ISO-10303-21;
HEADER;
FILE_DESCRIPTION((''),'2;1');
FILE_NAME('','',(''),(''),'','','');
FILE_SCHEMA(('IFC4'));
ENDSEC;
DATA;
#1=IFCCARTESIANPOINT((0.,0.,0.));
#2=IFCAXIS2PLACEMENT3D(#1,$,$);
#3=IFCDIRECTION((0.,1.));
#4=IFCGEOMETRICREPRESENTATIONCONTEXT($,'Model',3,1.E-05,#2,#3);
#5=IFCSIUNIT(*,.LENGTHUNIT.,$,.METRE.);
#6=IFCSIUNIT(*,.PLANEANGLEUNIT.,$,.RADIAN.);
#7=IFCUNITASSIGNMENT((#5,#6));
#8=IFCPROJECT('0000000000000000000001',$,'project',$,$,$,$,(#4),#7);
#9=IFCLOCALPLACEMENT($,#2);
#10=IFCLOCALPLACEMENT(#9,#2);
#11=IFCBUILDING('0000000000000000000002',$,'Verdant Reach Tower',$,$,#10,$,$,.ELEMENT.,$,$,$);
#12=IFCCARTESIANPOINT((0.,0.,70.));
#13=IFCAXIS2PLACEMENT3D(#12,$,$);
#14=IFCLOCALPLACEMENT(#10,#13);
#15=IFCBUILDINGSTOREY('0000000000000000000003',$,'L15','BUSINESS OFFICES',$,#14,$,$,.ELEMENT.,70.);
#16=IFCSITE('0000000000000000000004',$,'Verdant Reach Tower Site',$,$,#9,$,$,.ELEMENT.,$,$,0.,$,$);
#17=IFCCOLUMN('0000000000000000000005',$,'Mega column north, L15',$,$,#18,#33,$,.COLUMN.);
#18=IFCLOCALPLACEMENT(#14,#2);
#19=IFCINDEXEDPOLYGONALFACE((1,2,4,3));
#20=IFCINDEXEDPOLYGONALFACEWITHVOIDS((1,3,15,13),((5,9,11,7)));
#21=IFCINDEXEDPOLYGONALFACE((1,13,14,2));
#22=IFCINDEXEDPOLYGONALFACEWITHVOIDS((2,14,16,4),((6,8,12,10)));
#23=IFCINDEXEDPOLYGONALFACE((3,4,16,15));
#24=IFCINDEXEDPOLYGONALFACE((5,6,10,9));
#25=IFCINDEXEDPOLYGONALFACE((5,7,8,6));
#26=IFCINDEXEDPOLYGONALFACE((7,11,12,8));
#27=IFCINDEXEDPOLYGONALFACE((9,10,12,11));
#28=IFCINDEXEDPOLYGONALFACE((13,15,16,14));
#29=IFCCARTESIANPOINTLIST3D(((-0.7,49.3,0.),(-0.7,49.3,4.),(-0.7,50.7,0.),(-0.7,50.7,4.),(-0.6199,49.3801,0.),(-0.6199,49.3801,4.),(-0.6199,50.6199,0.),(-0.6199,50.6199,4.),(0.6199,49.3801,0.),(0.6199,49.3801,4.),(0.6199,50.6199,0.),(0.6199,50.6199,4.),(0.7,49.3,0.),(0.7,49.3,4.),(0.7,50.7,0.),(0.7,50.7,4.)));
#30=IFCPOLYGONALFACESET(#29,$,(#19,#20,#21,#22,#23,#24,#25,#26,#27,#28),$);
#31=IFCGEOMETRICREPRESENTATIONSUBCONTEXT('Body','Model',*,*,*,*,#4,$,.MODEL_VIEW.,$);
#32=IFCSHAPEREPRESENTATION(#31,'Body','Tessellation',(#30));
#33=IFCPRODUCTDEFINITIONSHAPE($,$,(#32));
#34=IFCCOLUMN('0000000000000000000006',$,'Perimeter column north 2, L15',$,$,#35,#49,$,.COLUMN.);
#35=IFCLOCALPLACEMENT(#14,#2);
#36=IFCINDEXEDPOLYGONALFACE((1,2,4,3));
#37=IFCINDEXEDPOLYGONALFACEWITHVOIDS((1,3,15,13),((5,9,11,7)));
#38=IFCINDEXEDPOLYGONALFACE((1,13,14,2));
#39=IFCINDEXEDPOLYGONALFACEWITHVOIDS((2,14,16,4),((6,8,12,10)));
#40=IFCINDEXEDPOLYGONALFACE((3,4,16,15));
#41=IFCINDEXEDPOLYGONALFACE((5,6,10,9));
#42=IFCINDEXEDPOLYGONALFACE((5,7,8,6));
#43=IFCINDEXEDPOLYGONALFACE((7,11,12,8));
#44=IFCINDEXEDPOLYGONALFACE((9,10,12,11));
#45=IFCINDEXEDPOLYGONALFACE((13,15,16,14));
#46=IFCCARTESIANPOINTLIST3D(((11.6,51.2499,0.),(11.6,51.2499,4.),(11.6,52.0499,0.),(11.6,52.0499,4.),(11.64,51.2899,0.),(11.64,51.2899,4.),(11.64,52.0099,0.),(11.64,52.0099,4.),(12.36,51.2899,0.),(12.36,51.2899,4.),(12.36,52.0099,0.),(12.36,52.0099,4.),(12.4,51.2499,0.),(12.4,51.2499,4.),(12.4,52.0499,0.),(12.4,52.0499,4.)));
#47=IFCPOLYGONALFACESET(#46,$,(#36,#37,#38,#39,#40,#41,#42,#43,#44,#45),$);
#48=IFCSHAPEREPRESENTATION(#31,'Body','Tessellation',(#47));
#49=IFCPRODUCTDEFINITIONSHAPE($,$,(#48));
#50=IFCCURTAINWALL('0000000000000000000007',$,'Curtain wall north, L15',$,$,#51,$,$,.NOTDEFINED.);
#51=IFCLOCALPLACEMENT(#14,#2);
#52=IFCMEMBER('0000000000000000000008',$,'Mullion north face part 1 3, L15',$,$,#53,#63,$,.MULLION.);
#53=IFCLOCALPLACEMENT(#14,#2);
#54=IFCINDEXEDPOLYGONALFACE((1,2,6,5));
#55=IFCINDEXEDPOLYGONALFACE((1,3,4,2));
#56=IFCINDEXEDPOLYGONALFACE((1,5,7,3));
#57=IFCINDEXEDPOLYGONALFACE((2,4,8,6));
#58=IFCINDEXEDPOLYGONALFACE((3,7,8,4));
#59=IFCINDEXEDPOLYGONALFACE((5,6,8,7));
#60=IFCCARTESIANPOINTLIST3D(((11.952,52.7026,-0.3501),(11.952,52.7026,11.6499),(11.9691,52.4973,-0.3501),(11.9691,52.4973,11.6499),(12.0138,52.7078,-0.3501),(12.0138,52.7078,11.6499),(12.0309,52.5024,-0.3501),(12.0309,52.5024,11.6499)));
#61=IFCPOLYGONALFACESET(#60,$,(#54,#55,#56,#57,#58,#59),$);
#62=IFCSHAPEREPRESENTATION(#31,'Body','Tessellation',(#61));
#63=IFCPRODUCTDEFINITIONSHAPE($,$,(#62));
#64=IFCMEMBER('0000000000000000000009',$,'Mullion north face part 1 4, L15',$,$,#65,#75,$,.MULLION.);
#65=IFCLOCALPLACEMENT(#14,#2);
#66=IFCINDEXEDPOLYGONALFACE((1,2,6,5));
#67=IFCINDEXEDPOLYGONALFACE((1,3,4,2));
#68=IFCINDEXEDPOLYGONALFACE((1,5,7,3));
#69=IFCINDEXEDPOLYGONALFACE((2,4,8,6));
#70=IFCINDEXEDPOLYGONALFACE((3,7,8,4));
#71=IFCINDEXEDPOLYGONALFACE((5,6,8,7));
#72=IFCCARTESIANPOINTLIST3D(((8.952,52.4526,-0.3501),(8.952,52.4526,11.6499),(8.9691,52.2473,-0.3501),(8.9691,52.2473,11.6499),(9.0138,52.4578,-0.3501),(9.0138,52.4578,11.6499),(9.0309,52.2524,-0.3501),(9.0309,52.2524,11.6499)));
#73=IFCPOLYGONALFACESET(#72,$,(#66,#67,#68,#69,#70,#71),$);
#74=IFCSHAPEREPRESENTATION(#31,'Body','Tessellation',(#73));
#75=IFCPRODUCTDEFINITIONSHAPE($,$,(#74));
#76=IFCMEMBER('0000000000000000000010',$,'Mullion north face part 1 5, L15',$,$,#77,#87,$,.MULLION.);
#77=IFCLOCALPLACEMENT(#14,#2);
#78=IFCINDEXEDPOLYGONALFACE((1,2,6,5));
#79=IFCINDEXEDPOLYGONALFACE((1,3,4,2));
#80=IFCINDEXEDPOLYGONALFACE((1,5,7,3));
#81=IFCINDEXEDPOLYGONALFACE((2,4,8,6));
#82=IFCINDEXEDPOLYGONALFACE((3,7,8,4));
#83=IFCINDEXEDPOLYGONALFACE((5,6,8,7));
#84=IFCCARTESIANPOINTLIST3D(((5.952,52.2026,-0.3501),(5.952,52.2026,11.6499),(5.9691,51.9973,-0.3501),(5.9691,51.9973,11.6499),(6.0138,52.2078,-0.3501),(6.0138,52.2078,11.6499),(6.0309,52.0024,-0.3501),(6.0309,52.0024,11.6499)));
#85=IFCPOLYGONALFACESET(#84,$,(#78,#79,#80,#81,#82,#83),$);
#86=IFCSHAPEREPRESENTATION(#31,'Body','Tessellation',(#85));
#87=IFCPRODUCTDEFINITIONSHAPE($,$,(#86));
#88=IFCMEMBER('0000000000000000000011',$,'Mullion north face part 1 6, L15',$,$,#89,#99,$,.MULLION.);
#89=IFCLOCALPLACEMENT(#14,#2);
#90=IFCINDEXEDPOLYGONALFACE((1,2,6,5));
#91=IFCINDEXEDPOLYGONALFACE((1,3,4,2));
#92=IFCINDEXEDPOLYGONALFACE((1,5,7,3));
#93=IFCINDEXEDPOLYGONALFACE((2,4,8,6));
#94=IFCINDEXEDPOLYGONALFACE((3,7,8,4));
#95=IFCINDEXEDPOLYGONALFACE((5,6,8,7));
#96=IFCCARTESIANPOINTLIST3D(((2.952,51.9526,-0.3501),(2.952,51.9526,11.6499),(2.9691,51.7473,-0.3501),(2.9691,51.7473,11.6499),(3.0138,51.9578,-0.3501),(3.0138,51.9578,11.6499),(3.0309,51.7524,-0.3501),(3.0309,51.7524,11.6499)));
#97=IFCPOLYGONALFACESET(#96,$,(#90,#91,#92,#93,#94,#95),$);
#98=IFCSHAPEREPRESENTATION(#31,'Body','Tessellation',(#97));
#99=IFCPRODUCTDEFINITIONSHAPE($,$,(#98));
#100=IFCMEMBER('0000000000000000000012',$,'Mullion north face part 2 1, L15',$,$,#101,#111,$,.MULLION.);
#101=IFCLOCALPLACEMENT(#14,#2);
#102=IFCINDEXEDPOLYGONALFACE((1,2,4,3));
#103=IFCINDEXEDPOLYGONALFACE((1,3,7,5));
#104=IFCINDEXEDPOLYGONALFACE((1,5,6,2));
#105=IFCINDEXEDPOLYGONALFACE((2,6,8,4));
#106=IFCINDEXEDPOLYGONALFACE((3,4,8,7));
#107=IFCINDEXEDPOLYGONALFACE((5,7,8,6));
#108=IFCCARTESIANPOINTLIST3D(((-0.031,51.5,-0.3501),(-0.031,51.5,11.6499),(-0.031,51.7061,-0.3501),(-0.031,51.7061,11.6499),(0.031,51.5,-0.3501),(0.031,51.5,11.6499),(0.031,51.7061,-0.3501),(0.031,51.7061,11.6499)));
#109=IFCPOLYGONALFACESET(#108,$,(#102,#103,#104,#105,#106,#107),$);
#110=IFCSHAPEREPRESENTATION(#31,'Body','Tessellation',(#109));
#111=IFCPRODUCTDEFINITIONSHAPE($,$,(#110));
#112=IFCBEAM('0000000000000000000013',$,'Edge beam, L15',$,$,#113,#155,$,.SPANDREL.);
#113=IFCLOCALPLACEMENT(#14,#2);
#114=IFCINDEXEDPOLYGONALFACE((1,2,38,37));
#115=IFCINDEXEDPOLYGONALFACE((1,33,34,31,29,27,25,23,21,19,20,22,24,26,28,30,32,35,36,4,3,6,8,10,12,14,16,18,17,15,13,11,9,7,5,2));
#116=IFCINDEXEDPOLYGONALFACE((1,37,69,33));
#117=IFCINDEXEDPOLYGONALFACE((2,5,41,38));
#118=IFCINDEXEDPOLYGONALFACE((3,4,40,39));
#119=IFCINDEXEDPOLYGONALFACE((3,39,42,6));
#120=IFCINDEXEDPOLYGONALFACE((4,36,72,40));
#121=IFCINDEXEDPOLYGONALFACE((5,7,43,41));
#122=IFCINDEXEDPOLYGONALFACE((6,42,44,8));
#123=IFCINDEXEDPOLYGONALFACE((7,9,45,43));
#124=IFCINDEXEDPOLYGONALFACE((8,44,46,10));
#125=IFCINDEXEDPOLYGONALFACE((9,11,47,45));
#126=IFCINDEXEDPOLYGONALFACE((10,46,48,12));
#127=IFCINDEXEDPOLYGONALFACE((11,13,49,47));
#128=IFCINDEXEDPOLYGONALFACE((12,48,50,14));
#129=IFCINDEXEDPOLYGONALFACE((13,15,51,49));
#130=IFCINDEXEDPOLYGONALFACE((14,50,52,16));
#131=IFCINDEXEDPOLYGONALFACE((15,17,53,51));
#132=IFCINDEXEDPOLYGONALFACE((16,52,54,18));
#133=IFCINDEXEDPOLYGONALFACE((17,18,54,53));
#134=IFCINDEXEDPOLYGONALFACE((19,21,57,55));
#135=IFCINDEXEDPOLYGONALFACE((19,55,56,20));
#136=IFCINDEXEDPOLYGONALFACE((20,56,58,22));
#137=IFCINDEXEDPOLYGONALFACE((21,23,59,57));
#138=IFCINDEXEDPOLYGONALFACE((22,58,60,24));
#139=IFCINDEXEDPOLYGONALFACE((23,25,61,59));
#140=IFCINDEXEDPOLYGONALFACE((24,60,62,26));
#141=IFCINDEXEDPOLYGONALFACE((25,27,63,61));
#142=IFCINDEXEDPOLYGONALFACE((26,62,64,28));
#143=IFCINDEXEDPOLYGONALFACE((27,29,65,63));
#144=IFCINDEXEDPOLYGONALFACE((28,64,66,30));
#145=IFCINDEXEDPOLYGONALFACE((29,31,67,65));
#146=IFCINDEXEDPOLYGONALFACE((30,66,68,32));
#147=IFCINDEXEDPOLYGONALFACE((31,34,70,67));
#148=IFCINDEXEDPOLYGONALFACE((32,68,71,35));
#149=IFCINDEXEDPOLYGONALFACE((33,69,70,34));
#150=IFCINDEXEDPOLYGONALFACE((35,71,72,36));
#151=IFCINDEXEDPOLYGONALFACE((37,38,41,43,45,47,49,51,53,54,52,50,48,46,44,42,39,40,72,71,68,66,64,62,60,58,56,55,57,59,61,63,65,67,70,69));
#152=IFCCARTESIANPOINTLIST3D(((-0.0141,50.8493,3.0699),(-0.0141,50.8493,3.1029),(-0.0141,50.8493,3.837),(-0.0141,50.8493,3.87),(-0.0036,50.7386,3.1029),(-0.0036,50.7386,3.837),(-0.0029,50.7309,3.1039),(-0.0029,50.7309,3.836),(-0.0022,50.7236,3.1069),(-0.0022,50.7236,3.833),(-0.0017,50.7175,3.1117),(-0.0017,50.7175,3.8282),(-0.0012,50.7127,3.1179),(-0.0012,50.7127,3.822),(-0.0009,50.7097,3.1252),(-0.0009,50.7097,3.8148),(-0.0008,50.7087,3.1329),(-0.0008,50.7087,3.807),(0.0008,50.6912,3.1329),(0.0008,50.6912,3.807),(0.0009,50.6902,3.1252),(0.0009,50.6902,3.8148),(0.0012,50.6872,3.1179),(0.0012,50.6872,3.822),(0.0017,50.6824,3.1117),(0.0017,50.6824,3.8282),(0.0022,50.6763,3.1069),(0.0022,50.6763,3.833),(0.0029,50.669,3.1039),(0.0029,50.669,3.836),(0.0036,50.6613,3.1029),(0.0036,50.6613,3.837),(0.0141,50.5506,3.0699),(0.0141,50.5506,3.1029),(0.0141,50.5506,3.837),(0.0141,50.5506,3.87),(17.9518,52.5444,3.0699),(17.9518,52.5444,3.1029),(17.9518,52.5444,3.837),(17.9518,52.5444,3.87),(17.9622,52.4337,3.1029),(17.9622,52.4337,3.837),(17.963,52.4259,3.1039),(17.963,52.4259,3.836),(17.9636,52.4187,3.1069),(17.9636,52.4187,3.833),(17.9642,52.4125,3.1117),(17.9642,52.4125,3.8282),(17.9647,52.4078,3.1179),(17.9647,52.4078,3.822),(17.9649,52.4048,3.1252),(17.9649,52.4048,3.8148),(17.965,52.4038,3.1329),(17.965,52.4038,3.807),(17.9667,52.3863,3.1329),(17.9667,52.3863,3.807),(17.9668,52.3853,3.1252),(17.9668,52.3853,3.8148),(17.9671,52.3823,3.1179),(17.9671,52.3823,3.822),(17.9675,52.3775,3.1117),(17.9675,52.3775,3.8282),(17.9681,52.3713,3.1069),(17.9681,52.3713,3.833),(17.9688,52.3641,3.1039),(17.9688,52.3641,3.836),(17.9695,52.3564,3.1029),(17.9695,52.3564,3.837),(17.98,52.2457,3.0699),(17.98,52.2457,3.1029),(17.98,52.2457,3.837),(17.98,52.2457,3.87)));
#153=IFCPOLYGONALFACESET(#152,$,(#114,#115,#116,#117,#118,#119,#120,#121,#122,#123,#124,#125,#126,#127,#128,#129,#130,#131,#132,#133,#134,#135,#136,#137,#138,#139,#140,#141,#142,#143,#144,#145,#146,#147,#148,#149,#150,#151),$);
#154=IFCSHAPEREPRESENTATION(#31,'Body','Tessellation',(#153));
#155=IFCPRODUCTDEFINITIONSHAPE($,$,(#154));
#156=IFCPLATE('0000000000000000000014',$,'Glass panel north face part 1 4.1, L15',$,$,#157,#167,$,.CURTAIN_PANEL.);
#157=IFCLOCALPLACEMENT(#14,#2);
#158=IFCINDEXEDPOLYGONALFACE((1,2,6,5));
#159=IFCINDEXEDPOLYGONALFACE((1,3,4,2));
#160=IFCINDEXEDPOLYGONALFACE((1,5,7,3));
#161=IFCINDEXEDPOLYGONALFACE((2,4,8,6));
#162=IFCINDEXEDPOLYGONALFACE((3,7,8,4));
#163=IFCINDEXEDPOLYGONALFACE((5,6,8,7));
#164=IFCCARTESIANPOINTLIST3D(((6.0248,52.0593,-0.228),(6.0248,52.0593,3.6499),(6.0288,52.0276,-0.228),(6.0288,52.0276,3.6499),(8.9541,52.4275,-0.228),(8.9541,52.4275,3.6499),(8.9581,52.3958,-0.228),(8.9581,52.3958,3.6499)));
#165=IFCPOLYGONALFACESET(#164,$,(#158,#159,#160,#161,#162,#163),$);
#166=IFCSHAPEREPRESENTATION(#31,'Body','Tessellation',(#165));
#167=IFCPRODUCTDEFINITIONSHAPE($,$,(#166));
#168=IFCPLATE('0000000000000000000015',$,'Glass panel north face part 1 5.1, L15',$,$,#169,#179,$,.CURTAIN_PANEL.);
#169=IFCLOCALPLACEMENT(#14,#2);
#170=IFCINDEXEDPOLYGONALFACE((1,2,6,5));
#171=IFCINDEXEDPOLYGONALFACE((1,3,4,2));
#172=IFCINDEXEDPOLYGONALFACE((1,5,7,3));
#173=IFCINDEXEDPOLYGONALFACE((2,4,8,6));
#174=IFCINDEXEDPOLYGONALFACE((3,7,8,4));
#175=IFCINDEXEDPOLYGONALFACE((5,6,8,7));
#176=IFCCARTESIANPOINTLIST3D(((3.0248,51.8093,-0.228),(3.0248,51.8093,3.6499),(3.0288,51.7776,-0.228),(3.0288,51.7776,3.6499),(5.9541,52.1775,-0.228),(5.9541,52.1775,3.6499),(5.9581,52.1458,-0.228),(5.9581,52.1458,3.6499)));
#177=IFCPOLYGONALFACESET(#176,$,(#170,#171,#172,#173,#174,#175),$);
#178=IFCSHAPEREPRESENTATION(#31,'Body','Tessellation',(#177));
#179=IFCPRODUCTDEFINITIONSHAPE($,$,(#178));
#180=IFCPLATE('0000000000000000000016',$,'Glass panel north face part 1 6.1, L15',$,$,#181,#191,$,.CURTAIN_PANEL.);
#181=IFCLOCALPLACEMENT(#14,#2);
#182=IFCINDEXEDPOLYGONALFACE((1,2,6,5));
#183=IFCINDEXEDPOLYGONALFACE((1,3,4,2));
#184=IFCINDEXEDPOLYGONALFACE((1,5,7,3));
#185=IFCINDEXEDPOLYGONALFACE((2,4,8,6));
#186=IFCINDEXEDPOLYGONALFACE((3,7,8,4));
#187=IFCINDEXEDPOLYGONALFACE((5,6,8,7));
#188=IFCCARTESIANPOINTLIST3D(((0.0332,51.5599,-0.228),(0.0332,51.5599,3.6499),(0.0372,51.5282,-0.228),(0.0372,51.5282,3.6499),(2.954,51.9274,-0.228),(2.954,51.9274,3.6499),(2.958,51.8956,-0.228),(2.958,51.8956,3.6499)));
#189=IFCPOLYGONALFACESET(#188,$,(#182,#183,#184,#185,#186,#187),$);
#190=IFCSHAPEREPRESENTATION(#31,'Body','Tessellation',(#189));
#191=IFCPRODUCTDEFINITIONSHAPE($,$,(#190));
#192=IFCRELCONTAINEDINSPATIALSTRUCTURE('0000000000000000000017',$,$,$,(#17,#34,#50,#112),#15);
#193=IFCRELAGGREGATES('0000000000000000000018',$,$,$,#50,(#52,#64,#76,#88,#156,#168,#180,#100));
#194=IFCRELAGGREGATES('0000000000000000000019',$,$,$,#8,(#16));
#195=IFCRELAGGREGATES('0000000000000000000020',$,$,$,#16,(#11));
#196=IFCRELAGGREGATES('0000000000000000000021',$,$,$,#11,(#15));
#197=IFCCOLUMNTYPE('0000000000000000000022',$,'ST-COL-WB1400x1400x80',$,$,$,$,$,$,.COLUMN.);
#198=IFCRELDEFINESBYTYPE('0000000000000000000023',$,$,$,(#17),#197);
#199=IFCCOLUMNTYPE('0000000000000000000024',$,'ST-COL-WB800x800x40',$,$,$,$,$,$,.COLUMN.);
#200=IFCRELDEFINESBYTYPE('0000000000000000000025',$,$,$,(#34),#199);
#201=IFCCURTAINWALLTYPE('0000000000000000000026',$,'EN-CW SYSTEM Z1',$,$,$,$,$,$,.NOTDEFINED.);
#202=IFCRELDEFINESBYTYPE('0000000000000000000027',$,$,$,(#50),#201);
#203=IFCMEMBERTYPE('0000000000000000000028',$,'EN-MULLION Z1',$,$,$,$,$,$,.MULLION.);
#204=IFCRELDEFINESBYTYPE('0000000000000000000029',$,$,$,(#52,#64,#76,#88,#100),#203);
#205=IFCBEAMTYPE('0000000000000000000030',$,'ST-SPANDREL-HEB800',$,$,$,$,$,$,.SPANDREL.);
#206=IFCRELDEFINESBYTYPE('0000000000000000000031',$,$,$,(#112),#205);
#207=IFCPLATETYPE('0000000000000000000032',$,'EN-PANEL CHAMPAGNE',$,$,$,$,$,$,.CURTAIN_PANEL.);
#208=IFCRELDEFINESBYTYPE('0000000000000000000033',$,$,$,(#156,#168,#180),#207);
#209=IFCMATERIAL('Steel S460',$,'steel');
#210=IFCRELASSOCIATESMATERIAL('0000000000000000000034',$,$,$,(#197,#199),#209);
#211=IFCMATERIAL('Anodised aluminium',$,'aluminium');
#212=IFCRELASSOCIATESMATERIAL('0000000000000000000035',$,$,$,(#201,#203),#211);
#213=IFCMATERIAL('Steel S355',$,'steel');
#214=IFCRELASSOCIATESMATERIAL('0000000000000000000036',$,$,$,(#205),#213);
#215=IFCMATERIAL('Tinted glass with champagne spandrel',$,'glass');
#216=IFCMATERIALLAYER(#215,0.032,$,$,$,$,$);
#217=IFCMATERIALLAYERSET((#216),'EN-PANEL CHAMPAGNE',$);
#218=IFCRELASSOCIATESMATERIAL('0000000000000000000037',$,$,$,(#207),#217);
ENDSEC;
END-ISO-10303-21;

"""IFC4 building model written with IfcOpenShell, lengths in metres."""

from ifc_helpers import new_model, si_unit, direction, frame, origin, origin_2d, place, context, subcontext, project, spatial, rectangle, hollow_rectangle, i_section, extrude, material, layer, layer_set, material_profile, profile_set, type_object, element, aggregate, save


model = new_model("IFC4")

# Units and contexts
model_context = context("Model", 3, precision=1e-05, world=origin(), true_north=direction((0.0, 1.0)))
body_context = subcontext(model_context, "Body", "Model", "MODEL_VIEW")
ifc_project = project(units=[si_unit("LENGTHUNIT", "METRE"), si_unit("PLANEANGLEUNIT", "RADIAN")], contexts=[model_context])

# Site, building, storey
site_placement = place(None, origin())
site = spatial("IfcSite", under=ifc_project, at=site_placement, Name="Verdant Reach Tower Site", CompositionType="ELEMENT", RefElevation=0.0)
building_placement = place(site_placement, origin())
building = spatial("IfcBuilding", under=site, at=building_placement, Name="Verdant Reach Tower", CompositionType="ELEMENT")
storey_placement = place(building_placement, frame((0.0, 0.0, 70.0)))
storey = spatial("IfcBuildingStorey", under=building, at=storey_placement, Name="L15", Description="BUSINESS OFFICES", CompositionType="ELEMENT", Elevation=70.0)

# Columns
ifc_material_1 = material(Name="Steel S460", Category="steel")
ifc_material_profile_1 = material_profile(ifc_material_1, hollow_rectangle(XDim=1.3999, YDim=1.3999, WallThickness=0.0801, at=origin_2d()), Name="WB 1400x1400x80")
ifc_profile_set_1 = profile_set([ifc_material_profile_1], Name="Steel S460")
column_type_1 = type_object("IfcColumnType", Name="ST-COL-WB1400x1400x80", PredefinedType="COLUMN", material=ifc_profile_set_1)
column_1_placement = place(storey_placement, frame((0.0, 50.0, 0.0), z_axis=(0.0, 0.0, 1.0), x_axis=(1.0, 0.0, 0.0)))
element("IfcColumn", 1, at=column_1_placement, inside=storey, type_object=column_type_1, Name="Mega column north, L15", PredefinedType="COLUMN", context=body_context, shape_type="SweptSolid", body=[
    extrude(hollow_rectangle(XDim=1.3999, YDim=1.3999, WallThickness=0.0801, at=origin_2d()), origin(), (0.0, 0.0, 1.0), 4.0),
])
ifc_material_profile_2 = material_profile(ifc_material_1, hollow_rectangle(XDim=0.8, YDim=0.8, WallThickness=0.04, at=origin_2d()), Name="WB 800x800x40")
ifc_profile_set_2 = profile_set([ifc_material_profile_2], Name="Steel S460")
column_type_2 = type_object("IfcColumnType", Name="ST-COL-WB800x800x40", PredefinedType="COLUMN", material=ifc_profile_set_2)
column_2_placement = place(storey_placement, frame((12.0, 51.6499, 0.0), z_axis=(0.0, 0.0, 1.0), x_axis=(1.0, 0.0, 0.0)))
element("IfcColumn", 2, at=column_2_placement, inside=storey, type_object=column_type_2, Name="Perimeter column north 2, L15", PredefinedType="COLUMN", context=body_context, shape_type="SweptSolid", body=[
    extrude(hollow_rectangle(XDim=0.8, YDim=0.8, WallThickness=0.04, at=origin_2d()), origin(), (0.0, 0.0, 1.0), 4.0),
])

# Curtain wall, members
ifc_material_2 = material(Name="Anodised aluminium", Category="aluminium")
curtain_wall_type = type_object("IfcCurtainWallType", Name="EN-CW SYSTEM Z1", PredefinedType="NOTDEFINED", material=ifc_material_2)
curtain_wall_placement = place(storey_placement, origin())
curtain_wall = element("IfcCurtainWall", 3, at=curtain_wall_placement, inside=storey, type_object=curtain_wall_type, Name="Curtain wall north, L15", PredefinedType="NOTDEFINED")
ifc_material_profile_3 = material_profile(ifc_material_2, rectangle(XDim=0.2061, YDim=0.062, at=origin_2d()), Name="Mullion 62x206")
ifc_profile_set_3 = profile_set([ifc_material_profile_3], Name="Anodised aluminium")
member_type = type_object("IfcMemberType", Name="EN-MULLION Z1", PredefinedType="MULLION", material=ifc_profile_set_3)
member_1_placement = place(storey_placement, frame((11.9915, 52.6025, -0.3501), z_axis=(0.0, 0.0, 1.0), x_axis=(-0.083045, 0.996546, 0.0)))
member_1 = element("IfcMember", 4, at=member_1_placement, type_object=member_type, Name="Mullion north face part 1 3, L15", PredefinedType="MULLION", context=body_context, shape_type="SweptSolid", body=[
    extrude(rectangle(XDim=0.2061, YDim=0.062, at=origin_2d()), origin(), (0.0, 0.0, 1.0), 12.0),
])
member_2_placement = place(storey_placement, frame((8.9915, 52.3525, -0.3501), z_axis=(0.0, 0.0, 1.0), x_axis=(-0.083045, 0.996546, 0.0)))
member_2 = element("IfcMember", 5, at=member_2_placement, type_object=member_type, Name="Mullion north face part 1 4, L15", PredefinedType="MULLION", context=body_context, shape_type="SweptSolid", body=[
    extrude(rectangle(XDim=0.2061, YDim=0.062, at=origin_2d()), origin(), (0.0, 0.0, 1.0), 12.0),
])
member_3_placement = place(storey_placement, frame((5.9915, 52.1025, -0.3501), z_axis=(0.0, 0.0, 1.0), x_axis=(-0.083045, 0.996546, 0.0)))
member_3 = element("IfcMember", 6, at=member_3_placement, type_object=member_type, Name="Mullion north face part 1 5, L15", PredefinedType="MULLION", context=body_context, shape_type="SweptSolid", body=[
    extrude(rectangle(XDim=0.2061, YDim=0.062, at=origin_2d()), origin(), (0.0, 0.0, 1.0), 12.0),
])
member_4_placement = place(storey_placement, frame((2.9915, 51.8525, -0.3501), z_axis=(0.0, 0.0, 1.0), x_axis=(-0.083045, 0.996546, 0.0)))
member_4 = element("IfcMember", 7, at=member_4_placement, type_object=member_type, Name="Mullion north face part 1 6, L15", PredefinedType="MULLION", context=body_context, shape_type="SweptSolid", body=[
    extrude(rectangle(XDim=0.2061, YDim=0.062, at=origin_2d()), origin(), (0.0, 0.0, 1.0), 12.0),
])
member_5_placement = place(storey_placement, frame((0.0, 51.603, -0.3501), z_axis=(0.0, 0.0, 1.0), x_axis=(0.0, 1.0, 0.0)))
member_5 = element("IfcMember", 8, at=member_5_placement, type_object=member_type, Name="Mullion north face part 2 1, L15", PredefinedType="MULLION", context=body_context, shape_type="SweptSolid", body=[
    extrude(rectangle(XDim=0.2061, YDim=0.062, at=origin_2d()), origin(), (0.0, 0.0, 1.0), 12.0),
])

# Beam
ifc_material_3 = material(Name="Steel S355", Category="steel")
ifc_material_profile_4 = material_profile(ifc_material_3, i_section(OverallWidth=0.3, OverallDepth=0.8, WebThickness=0.0176, FlangeThickness=0.033, FilletRadius=0.03, at=origin_2d()), Name="HEB 800")
ifc_profile_set_4 = profile_set([ifc_material_profile_4], Name="Steel S355")
beam_type = type_object("IfcBeamType", Name="ST-SPANDREL-HEB800", PredefinedType="SPANDREL", material=ifc_profile_set_4)
beam_placement = place(storey_placement, frame((0.0, 50.7, 3.47), z_axis=(0.995579, 0.093932, 0.0), x_axis=(-0.093932, 0.995579, 0.0)))
element("IfcBeam", 9, at=beam_placement, inside=storey, type_object=beam_type, Name="Edge beam, L15", PredefinedType="SPANDREL", context=body_context, shape_type="SweptSolid", body=[
    extrude(i_section(OverallWidth=0.3, OverallDepth=0.8, WebThickness=0.0176, FlangeThickness=0.033, FilletRadius=0.03, at=origin_2d()), origin(), (0.0, 0.0, 1.0), 18.0457),
])

# Plates
ifc_material_4 = material(Name="Tinted glass with champagne spandrel", Category="glass")
ifc_layer_1 = layer(ifc_material_4, 0.032)
ifc_layer_set_1 = layer_set([ifc_layer_1], Name="EN-PANEL CHAMPAGNE")
plate_type_1 = type_object("IfcPlateType", Name="EN-PANEL CHAMPAGNE", PredefinedType="CURTAIN_PANEL", material=ifc_layer_set_1)
plate_1_placement = place(storey_placement, frame((7.4915, 52.2275, -0.228), z_axis=(0.0, 0.0, 1.0), x_axis=(-0.992194, -0.124704, 0.0)))
plate_1 = element("IfcPlate", 10, at=plate_1_placement, type_object=plate_type_1, Name="Glass panel north face part 1 4.1, L15", PredefinedType="CURTAIN_PANEL", context=body_context, shape_type="SweptSolid", body=[
    extrude(rectangle(XDim=2.9524, YDim=0.032, at=origin_2d()), origin(), (0.0, 0.0, 1.0), 3.8779),
])
plate_2_placement = place(storey_placement, frame((4.4915, 51.9775, -0.228), z_axis=(0.0, 0.0, 1.0), x_axis=(-0.992194, -0.124704, 0.0)))
plate_2 = element("IfcPlate", 11, at=plate_2_placement, type_object=plate_type_1, Name="Glass panel north face part 1 5.1, L15", PredefinedType="CURTAIN_PANEL", context=body_context, shape_type="SweptSolid", body=[
    extrude(rectangle(XDim=2.9524, YDim=0.032, at=origin_2d()), origin(), (0.0, 0.0, 1.0), 3.8779),
])
plate_3_placement = place(storey_placement, frame((1.4956, 51.7278, -0.228), z_axis=(0.0, 0.0, 1.0), x_axis=(-0.992179, -0.124821, 0.0)))
plate_3 = element("IfcPlate", 12, at=plate_3_placement, type_object=plate_type_1, Name="Glass panel north face part 1 6.1, L15", PredefinedType="CURTAIN_PANEL", context=body_context, shape_type="SweptSolid", body=[
    extrude(rectangle(XDim=2.9438, YDim=0.032, at=origin_2d()), origin(), (0.0, 0.0, 1.0), 3.8779),
])
aggregate(curtain_wall, [member_1, member_2, member_3, member_4, plate_1, plate_2, plate_3, member_5])

save(model, "model.ifc")
